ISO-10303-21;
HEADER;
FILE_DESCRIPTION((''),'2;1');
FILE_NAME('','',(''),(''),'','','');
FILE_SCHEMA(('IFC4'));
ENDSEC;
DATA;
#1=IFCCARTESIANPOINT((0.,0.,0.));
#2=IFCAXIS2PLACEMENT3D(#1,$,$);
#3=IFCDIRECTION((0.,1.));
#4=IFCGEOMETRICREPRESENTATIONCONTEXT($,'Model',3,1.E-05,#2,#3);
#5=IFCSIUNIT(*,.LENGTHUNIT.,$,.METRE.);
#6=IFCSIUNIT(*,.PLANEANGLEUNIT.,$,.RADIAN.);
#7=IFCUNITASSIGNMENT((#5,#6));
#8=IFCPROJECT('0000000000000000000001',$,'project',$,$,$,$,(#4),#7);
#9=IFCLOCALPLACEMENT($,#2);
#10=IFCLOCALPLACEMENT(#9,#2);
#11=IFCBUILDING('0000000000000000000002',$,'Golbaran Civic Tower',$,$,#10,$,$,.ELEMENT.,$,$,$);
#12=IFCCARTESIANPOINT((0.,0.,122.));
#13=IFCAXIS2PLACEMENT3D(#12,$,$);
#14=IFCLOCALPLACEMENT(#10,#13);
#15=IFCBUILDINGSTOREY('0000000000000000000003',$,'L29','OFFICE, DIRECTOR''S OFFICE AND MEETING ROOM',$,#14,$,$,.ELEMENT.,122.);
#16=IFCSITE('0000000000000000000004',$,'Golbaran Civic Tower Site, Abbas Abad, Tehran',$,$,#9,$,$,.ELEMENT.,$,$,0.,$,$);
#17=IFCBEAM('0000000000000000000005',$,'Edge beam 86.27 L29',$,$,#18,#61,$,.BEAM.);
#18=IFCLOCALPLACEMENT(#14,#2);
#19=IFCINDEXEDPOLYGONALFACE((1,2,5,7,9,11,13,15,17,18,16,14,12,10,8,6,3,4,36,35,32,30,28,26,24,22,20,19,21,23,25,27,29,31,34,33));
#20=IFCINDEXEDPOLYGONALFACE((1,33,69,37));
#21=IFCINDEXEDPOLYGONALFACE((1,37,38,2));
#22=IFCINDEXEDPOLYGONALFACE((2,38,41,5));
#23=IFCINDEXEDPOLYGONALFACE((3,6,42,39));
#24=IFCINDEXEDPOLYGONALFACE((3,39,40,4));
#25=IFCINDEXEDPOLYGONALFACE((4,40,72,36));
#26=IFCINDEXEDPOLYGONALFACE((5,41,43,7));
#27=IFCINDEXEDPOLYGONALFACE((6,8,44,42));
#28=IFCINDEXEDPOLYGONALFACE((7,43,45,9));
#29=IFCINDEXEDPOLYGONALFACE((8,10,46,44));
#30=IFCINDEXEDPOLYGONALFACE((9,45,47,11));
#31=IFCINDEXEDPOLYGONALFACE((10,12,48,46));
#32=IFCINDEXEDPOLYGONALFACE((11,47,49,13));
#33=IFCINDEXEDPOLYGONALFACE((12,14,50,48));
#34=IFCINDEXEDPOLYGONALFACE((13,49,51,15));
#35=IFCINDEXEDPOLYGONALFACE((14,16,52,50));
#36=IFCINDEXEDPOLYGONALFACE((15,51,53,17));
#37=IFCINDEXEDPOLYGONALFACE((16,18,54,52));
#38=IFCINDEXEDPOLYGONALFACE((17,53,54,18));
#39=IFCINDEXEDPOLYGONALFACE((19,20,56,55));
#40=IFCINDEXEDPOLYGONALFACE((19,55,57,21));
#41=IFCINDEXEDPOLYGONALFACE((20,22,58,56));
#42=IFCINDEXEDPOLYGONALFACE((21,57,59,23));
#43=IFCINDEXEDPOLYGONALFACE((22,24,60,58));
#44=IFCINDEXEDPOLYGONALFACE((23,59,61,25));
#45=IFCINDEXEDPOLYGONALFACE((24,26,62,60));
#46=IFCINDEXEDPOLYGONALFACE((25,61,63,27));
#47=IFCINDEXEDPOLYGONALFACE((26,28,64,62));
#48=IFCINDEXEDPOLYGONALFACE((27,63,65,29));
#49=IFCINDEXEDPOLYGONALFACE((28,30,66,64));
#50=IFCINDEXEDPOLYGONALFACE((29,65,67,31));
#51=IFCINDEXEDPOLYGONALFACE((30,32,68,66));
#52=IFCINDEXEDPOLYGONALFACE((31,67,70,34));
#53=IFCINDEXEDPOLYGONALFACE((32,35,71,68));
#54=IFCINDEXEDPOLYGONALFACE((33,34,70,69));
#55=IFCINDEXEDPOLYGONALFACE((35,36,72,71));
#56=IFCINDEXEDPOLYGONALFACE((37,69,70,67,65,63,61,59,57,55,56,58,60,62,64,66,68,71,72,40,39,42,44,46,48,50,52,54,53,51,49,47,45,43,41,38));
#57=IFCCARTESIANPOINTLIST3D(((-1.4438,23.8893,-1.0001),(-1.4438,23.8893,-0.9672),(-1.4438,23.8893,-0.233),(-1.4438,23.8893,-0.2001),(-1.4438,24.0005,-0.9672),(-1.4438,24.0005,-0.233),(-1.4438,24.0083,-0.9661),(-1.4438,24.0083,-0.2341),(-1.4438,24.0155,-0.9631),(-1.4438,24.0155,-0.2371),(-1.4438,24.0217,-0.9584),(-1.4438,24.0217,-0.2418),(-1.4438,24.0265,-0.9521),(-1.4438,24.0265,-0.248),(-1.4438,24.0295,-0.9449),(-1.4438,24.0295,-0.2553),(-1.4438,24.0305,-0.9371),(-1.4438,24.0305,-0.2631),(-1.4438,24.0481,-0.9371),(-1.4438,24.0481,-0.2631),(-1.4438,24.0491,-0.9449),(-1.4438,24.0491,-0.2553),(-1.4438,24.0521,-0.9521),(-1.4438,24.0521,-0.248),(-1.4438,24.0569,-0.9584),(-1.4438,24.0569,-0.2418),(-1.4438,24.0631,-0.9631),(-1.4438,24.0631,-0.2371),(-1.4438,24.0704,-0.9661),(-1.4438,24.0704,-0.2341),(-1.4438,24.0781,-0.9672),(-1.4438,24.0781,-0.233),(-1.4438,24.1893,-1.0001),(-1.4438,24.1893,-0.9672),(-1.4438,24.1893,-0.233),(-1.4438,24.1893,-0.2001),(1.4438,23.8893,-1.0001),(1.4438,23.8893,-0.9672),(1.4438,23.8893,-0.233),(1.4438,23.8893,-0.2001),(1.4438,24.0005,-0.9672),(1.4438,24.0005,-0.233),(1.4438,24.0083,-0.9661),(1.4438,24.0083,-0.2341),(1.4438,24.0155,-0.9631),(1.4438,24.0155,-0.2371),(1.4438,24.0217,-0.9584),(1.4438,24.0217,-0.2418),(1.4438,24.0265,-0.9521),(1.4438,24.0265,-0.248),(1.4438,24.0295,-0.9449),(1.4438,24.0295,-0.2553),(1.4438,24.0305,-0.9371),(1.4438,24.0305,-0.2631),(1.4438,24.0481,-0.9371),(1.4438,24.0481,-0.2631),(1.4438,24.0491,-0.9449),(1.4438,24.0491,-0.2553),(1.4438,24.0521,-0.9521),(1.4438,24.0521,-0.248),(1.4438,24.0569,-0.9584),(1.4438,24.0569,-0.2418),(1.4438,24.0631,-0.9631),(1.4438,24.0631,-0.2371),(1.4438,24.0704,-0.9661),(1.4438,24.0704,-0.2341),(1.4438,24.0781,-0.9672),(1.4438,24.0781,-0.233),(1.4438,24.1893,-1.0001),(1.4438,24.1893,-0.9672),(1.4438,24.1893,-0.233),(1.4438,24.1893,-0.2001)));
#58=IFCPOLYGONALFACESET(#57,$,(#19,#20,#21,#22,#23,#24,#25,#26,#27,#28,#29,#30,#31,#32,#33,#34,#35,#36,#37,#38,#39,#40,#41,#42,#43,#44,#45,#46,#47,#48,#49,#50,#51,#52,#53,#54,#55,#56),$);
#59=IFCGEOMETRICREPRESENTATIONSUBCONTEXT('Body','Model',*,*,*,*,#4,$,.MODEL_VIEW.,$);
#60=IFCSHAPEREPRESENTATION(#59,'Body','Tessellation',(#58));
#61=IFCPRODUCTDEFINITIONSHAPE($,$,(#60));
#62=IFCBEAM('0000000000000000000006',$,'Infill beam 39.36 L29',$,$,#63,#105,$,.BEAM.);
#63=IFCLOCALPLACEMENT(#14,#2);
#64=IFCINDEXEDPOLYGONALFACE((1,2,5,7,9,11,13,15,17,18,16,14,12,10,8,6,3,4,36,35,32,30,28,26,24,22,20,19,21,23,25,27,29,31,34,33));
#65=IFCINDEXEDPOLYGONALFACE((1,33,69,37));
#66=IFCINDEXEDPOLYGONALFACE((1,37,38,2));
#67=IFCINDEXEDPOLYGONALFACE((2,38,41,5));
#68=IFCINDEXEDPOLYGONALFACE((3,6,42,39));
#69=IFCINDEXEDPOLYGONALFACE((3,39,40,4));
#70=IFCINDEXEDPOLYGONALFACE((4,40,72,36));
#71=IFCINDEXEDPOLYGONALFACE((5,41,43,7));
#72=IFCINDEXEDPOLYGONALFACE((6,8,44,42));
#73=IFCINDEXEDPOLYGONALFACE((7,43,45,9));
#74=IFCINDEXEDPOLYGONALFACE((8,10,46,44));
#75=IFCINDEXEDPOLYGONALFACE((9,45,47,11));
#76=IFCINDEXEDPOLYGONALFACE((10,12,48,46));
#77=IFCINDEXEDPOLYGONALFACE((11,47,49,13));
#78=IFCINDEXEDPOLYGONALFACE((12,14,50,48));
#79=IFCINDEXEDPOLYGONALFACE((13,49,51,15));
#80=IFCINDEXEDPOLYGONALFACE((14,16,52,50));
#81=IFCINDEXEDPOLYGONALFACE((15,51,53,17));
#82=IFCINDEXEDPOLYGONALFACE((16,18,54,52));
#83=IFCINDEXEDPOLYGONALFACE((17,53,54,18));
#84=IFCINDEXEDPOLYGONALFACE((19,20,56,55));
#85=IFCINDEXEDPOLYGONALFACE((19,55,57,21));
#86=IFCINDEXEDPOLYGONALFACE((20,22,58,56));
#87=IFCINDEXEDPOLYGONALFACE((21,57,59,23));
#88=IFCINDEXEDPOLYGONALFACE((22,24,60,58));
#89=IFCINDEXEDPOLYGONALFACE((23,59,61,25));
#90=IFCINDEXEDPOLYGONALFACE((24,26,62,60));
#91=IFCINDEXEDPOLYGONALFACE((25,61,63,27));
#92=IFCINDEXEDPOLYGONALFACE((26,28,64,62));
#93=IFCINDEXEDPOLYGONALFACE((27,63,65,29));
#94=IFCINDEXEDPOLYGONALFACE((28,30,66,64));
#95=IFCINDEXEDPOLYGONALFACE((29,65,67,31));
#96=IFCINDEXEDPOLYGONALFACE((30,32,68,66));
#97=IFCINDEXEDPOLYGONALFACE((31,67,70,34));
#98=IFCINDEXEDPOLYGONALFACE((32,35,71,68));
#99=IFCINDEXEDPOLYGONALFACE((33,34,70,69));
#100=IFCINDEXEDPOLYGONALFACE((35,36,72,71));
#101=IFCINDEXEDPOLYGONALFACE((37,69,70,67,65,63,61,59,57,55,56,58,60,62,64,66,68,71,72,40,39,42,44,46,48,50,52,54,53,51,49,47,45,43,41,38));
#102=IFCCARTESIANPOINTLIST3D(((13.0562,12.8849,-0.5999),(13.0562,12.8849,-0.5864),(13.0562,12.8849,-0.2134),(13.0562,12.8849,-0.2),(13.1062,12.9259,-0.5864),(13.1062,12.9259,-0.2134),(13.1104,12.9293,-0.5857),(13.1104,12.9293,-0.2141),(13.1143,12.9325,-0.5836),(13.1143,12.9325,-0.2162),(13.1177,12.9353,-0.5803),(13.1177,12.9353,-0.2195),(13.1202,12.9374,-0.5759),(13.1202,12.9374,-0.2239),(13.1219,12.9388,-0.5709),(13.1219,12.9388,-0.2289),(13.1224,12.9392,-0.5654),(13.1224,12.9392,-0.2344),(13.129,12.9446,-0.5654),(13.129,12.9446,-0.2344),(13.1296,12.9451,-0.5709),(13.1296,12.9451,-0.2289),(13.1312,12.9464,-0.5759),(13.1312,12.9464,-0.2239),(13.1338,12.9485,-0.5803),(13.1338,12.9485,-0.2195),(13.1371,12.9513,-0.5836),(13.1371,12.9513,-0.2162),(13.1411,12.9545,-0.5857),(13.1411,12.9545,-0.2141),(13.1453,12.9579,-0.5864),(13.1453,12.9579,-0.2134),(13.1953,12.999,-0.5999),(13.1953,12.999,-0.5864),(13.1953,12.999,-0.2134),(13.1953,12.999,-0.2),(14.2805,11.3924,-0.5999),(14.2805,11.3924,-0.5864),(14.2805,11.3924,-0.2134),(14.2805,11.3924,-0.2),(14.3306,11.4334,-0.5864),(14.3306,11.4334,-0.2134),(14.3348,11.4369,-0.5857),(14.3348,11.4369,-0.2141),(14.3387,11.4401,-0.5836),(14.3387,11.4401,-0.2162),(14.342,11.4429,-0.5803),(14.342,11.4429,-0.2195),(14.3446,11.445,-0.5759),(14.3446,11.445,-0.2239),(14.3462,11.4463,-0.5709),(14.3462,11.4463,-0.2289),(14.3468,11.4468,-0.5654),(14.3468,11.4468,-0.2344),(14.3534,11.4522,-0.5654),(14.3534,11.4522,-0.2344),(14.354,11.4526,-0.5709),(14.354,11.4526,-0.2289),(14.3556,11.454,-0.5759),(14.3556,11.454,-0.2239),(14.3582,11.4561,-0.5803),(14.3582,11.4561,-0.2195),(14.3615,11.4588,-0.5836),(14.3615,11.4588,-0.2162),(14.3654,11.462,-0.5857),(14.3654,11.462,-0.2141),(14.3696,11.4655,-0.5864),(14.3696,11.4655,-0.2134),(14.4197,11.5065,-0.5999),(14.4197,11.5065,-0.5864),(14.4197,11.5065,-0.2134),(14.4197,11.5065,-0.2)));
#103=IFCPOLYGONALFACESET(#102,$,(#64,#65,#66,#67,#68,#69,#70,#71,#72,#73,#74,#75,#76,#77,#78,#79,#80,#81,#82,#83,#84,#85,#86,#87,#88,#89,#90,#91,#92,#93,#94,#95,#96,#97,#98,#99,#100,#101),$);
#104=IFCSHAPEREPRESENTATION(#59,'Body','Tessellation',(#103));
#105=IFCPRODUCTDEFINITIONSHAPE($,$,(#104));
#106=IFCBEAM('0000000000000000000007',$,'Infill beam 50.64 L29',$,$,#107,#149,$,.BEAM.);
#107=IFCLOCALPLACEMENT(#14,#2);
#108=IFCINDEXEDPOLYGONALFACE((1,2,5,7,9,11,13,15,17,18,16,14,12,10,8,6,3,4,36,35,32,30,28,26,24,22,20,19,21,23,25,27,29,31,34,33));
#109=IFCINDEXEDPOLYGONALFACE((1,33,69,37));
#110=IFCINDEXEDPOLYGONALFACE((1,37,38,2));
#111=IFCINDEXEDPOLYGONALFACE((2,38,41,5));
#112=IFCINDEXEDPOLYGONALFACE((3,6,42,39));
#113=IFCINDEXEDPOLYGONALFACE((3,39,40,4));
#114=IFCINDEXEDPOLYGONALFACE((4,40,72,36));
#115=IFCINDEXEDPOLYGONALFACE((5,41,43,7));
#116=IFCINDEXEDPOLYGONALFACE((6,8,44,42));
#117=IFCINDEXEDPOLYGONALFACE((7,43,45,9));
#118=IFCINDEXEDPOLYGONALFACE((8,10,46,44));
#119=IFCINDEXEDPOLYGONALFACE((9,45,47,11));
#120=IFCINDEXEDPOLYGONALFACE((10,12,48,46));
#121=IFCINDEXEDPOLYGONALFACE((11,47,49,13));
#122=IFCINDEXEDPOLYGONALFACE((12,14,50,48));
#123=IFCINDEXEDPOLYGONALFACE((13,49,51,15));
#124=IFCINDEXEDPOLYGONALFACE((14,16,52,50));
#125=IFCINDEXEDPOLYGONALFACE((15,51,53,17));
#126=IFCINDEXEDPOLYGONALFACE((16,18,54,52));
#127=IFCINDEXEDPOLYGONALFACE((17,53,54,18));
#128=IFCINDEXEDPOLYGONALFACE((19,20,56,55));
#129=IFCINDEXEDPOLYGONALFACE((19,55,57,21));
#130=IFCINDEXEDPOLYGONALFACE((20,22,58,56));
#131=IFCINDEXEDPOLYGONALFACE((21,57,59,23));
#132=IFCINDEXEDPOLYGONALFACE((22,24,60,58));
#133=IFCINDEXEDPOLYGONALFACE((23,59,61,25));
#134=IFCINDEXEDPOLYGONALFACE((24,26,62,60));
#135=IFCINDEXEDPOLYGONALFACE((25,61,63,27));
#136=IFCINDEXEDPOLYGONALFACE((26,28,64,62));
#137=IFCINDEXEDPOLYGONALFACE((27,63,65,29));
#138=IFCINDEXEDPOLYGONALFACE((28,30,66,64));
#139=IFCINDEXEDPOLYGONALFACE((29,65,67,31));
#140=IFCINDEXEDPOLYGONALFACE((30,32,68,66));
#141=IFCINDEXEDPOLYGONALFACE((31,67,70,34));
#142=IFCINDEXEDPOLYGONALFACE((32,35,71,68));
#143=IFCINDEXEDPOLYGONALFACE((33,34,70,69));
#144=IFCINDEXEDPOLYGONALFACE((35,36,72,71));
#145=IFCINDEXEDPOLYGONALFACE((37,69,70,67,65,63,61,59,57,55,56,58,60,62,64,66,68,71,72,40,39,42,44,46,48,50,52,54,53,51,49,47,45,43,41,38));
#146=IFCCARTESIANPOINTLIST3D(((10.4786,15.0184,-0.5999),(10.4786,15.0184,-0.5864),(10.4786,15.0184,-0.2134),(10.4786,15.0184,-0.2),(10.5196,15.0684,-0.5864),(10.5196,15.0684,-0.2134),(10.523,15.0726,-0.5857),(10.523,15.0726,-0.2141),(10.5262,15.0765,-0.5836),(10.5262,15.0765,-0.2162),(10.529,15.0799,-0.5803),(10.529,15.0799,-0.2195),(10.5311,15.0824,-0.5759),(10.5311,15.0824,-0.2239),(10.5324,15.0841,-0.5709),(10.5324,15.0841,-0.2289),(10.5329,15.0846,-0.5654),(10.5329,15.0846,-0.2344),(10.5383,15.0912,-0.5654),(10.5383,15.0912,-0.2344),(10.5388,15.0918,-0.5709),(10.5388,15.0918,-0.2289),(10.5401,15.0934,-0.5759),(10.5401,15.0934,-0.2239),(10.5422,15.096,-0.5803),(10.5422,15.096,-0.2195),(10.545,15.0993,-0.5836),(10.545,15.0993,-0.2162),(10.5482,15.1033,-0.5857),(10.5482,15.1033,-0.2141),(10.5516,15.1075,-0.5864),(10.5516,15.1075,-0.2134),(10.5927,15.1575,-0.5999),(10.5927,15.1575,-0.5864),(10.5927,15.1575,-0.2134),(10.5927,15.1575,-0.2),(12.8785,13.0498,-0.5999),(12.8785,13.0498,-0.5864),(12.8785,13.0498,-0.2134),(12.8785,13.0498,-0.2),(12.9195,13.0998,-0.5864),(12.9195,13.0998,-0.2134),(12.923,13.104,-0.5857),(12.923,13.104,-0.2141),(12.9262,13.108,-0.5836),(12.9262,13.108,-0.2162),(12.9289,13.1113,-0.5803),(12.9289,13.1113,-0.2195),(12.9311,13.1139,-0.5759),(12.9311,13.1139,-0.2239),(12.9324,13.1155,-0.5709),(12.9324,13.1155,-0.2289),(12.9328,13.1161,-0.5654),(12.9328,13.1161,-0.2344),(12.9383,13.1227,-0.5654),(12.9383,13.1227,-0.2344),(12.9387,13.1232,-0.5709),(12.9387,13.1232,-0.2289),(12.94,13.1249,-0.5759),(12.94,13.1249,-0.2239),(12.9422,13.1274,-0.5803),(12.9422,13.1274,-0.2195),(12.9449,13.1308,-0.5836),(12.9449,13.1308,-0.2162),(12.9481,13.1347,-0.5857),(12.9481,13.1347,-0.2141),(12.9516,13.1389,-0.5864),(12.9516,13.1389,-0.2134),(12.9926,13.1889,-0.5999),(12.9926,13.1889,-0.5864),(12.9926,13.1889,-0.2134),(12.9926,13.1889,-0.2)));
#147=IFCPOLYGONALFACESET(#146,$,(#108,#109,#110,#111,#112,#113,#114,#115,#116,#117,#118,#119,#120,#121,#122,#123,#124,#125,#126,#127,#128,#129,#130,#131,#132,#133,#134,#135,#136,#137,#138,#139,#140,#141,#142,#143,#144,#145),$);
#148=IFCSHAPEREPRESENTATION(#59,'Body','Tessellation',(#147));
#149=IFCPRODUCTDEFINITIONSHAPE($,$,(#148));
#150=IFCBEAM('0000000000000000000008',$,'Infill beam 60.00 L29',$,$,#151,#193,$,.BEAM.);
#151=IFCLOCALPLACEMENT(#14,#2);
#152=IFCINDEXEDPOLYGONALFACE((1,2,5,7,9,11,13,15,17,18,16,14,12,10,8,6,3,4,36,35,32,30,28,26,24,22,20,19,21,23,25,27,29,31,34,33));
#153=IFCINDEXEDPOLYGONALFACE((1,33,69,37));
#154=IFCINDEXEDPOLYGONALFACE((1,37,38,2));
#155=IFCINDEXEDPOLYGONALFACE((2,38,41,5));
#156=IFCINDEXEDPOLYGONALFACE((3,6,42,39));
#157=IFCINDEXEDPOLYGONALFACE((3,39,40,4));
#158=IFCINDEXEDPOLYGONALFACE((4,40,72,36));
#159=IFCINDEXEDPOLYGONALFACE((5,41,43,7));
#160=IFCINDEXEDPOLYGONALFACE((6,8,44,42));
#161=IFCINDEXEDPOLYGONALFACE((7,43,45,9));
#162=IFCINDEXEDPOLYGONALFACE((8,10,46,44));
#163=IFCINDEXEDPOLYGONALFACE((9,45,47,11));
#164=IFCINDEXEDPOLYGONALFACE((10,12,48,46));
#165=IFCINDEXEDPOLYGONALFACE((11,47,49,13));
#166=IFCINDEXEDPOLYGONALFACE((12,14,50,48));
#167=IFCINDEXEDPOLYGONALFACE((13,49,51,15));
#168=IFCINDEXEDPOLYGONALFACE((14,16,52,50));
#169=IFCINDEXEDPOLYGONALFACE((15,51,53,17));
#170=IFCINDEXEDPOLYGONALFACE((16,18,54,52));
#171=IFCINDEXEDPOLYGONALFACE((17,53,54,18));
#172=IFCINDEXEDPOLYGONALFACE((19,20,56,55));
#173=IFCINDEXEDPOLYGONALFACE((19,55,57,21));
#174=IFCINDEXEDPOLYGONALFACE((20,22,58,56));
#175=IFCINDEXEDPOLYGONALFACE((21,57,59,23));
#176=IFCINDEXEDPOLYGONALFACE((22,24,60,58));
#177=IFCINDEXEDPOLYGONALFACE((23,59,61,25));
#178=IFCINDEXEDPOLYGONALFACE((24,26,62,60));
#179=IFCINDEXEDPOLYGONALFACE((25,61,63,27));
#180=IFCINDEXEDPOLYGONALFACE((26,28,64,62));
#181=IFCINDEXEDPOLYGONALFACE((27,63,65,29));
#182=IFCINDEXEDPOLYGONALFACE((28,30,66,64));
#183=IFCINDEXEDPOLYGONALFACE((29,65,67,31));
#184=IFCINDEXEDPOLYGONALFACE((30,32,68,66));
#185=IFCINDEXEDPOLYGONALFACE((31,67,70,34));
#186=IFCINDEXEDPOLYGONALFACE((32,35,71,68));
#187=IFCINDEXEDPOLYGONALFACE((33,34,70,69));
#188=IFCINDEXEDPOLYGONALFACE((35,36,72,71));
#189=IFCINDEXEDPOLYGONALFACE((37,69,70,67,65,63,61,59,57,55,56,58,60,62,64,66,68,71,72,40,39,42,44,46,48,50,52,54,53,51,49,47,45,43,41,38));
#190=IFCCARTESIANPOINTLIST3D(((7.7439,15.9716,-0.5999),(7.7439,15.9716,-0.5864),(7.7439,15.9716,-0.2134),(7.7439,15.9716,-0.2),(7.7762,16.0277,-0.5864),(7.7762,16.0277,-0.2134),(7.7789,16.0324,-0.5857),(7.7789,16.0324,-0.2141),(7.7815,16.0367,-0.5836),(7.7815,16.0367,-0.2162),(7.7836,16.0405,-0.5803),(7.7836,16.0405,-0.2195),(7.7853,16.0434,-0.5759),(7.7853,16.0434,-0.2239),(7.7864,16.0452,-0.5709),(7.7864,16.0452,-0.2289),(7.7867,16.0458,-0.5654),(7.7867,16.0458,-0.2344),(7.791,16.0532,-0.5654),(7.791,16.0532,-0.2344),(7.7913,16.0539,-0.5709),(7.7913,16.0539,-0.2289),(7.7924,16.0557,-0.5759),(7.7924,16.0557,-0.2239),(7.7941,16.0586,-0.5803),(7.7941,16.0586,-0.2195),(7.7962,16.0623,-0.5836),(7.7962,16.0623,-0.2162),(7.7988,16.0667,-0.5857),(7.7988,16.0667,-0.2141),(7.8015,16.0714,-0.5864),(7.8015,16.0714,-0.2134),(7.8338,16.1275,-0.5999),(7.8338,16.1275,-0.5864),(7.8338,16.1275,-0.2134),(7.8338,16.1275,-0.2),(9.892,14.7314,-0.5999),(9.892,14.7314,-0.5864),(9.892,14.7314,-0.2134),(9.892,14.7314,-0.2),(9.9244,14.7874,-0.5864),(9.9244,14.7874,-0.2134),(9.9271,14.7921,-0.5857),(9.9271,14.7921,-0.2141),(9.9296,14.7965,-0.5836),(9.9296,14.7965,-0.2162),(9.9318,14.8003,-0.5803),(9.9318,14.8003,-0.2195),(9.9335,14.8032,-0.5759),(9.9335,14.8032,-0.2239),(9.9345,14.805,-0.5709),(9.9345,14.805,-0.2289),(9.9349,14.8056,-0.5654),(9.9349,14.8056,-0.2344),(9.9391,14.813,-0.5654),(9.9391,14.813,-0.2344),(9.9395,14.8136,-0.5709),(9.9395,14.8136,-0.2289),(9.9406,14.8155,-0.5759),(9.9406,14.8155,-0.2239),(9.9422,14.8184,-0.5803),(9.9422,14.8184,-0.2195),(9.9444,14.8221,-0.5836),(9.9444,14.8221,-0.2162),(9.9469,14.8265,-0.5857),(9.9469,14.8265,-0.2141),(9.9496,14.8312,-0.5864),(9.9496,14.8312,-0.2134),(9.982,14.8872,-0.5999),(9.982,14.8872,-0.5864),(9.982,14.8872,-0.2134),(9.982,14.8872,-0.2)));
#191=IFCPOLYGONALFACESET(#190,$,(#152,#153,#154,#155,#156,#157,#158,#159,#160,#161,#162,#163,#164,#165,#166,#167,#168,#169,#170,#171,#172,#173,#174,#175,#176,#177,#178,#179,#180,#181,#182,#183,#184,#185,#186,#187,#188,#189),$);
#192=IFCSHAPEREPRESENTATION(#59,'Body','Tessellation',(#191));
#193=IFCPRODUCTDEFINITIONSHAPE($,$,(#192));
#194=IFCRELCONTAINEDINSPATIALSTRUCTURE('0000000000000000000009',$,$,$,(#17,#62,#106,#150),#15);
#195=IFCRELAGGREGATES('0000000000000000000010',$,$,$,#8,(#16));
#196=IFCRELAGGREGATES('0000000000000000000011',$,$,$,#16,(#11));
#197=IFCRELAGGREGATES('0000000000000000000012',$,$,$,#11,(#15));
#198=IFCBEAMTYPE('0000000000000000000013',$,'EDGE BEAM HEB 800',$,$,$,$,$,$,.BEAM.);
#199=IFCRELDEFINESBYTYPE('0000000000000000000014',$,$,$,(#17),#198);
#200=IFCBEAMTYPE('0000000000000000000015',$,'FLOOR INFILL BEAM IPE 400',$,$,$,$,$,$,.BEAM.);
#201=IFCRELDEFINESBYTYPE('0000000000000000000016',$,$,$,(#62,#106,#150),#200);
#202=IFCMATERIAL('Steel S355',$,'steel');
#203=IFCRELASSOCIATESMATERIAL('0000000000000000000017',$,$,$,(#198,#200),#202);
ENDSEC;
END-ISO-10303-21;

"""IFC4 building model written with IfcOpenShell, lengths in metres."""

from ifc_helpers import new_model, si_unit, direction, frame, origin, origin_2d, place, context, subcontext, project, spatial, i_section, extrude, material, material_profile, profile_set, type_object, element, save


model = new_model("IFC4")

# Units and contexts
model_context = context("Model", 3, precision=1e-05, world=origin(), true_north=direction((0.0, 1.0)))
body_context = subcontext(model_context, "Body", "Model", "MODEL_VIEW")
ifc_project = project(units=[si_unit("LENGTHUNIT", "METRE"), si_unit("PLANEANGLEUNIT", "RADIAN")], contexts=[model_context])

# Site, building, storey
site_placement = place(None, origin())
site = spatial("IfcSite", under=ifc_project, at=site_placement, Name="Golbaran Civic Tower Site, Abbas Abad, Tehran", CompositionType="ELEMENT", RefElevation=0.0)
building_placement = place(site_placement, origin())
building = spatial("IfcBuilding", under=site, at=building_placement, Name="Golbaran Civic Tower", CompositionType="ELEMENT")
storey_placement = place(building_placement, frame((0.0, 0.0, 122.0)))
storey = spatial("IfcBuildingStorey", under=building, at=storey_placement, Name="L29", Description="OFFICE, DIRECTOR'S OFFICE AND MEETING ROOM", CompositionType="ELEMENT", Elevation=122.0)

# Beams
ifc_material_1 = material(Name="Steel S355", Category="steel")
ifc_material_profile_1 = material_profile(ifc_material_1, i_section(OverallWidth=0.3, OverallDepth=0.8, WebThickness=0.0176, FlangeThickness=0.033, FilletRadius=0.03, at=origin_2d()), Name="HEB 800")
ifc_profile_set_1 = profile_set([ifc_material_profile_1], Name="Steel S355")
beam_type_1 = type_object("IfcBeamType", Name="EDGE BEAM HEB 800", PredefinedType="BEAM", material=ifc_profile_set_1)
beam_1_placement = place(storey_placement, frame((1.4438, 24.0393, -0.6001), z_axis=(-1.0, 0.0, 0.0), x_axis=(0.0, -1.0, 0.0)))
element("IfcBeam", 1, at=beam_1_placement, inside=storey, type_object=beam_type_1, Name="Edge beam 86.27 L29", PredefinedType="BEAM", context=body_context, shape_type="SweptSolid", body=[
    extrude(i_section(OverallWidth=0.3, OverallDepth=0.8, WebThickness=0.0176, FlangeThickness=0.033, FilletRadius=0.03, at=origin_2d()), origin(), (0.0, 0.0, 1.0), 2.8877),
])
ifc_material_profile_2 = material_profile(ifc_material_1, i_section(OverallWidth=0.1799, OverallDepth=0.3999, WebThickness=0.0085, FlangeThickness=0.0134, FilletRadius=0.021, at=origin_2d()), Name="IPE 400")
ifc_profile_set_2 = profile_set([ifc_material_profile_2], Name="Steel S355")
beam_type_2 = type_object("IfcBeamType", Name="FLOOR INFILL BEAM IPE 400", PredefinedType="BEAM", material=ifc_profile_set_2)
beam_2_placement = place(storey_placement, frame((14.3501, 11.4495, -0.3999), z_axis=(-0.634257, 0.773123, 0.0), x_axis=(-0.773123, -0.634257, 0.0)))
element("IfcBeam", 2, at=beam_2_placement, inside=storey, type_object=beam_type_2, Name="Infill beam 39.36 L29", PredefinedType="BEAM", context=body_context, shape_type="SweptSolid", body=[
    extrude(i_section(OverallWidth=0.1799, OverallDepth=0.3999, WebThickness=0.0085, FlangeThickness=0.0134, FilletRadius=0.021, at=origin_2d()), origin(), (0.0, 0.0, 1.0), 1.9304),
])
beam_3_placement = place(storey_placement, frame((12.9355, 13.1194, -0.3999), z_axis=(-0.773175, 0.634192, 0.0), x_axis=(-0.634192, -0.773175, 0.0)))
element("IfcBeam", 3, at=beam_3_placement, inside=storey, type_object=beam_type_2, Name="Infill beam 50.64 L29", PredefinedType="BEAM", context=body_context, shape_type="SweptSolid", body=[
    extrude(i_section(OverallWidth=0.1799, OverallDepth=0.3999, WebThickness=0.0085, FlangeThickness=0.0134, FilletRadius=0.021, at=origin_2d()), origin(), (0.0, 0.0, 1.0), 3.104),
])
beam_4_placement = place(storey_placement, frame((9.937, 14.8093, -0.3999), z_axis=(-0.86603, 0.499992, 0.0), x_axis=(-0.499992, -0.86603, 0.0)))
element("IfcBeam", 4, at=beam_4_placement, inside=storey, type_object=beam_type_2, Name="Infill beam 60.00 L29", PredefinedType="BEAM", context=body_context, shape_type="SweptSolid", body=[
    extrude(i_section(OverallWidth=0.1799, OverallDepth=0.3999, WebThickness=0.0085, FlangeThickness=0.0134, FilletRadius=0.021, at=origin_2d()), origin(), (0.0, 0.0, 1.0), 2.4805),
])

save(model, "model.ifc")
